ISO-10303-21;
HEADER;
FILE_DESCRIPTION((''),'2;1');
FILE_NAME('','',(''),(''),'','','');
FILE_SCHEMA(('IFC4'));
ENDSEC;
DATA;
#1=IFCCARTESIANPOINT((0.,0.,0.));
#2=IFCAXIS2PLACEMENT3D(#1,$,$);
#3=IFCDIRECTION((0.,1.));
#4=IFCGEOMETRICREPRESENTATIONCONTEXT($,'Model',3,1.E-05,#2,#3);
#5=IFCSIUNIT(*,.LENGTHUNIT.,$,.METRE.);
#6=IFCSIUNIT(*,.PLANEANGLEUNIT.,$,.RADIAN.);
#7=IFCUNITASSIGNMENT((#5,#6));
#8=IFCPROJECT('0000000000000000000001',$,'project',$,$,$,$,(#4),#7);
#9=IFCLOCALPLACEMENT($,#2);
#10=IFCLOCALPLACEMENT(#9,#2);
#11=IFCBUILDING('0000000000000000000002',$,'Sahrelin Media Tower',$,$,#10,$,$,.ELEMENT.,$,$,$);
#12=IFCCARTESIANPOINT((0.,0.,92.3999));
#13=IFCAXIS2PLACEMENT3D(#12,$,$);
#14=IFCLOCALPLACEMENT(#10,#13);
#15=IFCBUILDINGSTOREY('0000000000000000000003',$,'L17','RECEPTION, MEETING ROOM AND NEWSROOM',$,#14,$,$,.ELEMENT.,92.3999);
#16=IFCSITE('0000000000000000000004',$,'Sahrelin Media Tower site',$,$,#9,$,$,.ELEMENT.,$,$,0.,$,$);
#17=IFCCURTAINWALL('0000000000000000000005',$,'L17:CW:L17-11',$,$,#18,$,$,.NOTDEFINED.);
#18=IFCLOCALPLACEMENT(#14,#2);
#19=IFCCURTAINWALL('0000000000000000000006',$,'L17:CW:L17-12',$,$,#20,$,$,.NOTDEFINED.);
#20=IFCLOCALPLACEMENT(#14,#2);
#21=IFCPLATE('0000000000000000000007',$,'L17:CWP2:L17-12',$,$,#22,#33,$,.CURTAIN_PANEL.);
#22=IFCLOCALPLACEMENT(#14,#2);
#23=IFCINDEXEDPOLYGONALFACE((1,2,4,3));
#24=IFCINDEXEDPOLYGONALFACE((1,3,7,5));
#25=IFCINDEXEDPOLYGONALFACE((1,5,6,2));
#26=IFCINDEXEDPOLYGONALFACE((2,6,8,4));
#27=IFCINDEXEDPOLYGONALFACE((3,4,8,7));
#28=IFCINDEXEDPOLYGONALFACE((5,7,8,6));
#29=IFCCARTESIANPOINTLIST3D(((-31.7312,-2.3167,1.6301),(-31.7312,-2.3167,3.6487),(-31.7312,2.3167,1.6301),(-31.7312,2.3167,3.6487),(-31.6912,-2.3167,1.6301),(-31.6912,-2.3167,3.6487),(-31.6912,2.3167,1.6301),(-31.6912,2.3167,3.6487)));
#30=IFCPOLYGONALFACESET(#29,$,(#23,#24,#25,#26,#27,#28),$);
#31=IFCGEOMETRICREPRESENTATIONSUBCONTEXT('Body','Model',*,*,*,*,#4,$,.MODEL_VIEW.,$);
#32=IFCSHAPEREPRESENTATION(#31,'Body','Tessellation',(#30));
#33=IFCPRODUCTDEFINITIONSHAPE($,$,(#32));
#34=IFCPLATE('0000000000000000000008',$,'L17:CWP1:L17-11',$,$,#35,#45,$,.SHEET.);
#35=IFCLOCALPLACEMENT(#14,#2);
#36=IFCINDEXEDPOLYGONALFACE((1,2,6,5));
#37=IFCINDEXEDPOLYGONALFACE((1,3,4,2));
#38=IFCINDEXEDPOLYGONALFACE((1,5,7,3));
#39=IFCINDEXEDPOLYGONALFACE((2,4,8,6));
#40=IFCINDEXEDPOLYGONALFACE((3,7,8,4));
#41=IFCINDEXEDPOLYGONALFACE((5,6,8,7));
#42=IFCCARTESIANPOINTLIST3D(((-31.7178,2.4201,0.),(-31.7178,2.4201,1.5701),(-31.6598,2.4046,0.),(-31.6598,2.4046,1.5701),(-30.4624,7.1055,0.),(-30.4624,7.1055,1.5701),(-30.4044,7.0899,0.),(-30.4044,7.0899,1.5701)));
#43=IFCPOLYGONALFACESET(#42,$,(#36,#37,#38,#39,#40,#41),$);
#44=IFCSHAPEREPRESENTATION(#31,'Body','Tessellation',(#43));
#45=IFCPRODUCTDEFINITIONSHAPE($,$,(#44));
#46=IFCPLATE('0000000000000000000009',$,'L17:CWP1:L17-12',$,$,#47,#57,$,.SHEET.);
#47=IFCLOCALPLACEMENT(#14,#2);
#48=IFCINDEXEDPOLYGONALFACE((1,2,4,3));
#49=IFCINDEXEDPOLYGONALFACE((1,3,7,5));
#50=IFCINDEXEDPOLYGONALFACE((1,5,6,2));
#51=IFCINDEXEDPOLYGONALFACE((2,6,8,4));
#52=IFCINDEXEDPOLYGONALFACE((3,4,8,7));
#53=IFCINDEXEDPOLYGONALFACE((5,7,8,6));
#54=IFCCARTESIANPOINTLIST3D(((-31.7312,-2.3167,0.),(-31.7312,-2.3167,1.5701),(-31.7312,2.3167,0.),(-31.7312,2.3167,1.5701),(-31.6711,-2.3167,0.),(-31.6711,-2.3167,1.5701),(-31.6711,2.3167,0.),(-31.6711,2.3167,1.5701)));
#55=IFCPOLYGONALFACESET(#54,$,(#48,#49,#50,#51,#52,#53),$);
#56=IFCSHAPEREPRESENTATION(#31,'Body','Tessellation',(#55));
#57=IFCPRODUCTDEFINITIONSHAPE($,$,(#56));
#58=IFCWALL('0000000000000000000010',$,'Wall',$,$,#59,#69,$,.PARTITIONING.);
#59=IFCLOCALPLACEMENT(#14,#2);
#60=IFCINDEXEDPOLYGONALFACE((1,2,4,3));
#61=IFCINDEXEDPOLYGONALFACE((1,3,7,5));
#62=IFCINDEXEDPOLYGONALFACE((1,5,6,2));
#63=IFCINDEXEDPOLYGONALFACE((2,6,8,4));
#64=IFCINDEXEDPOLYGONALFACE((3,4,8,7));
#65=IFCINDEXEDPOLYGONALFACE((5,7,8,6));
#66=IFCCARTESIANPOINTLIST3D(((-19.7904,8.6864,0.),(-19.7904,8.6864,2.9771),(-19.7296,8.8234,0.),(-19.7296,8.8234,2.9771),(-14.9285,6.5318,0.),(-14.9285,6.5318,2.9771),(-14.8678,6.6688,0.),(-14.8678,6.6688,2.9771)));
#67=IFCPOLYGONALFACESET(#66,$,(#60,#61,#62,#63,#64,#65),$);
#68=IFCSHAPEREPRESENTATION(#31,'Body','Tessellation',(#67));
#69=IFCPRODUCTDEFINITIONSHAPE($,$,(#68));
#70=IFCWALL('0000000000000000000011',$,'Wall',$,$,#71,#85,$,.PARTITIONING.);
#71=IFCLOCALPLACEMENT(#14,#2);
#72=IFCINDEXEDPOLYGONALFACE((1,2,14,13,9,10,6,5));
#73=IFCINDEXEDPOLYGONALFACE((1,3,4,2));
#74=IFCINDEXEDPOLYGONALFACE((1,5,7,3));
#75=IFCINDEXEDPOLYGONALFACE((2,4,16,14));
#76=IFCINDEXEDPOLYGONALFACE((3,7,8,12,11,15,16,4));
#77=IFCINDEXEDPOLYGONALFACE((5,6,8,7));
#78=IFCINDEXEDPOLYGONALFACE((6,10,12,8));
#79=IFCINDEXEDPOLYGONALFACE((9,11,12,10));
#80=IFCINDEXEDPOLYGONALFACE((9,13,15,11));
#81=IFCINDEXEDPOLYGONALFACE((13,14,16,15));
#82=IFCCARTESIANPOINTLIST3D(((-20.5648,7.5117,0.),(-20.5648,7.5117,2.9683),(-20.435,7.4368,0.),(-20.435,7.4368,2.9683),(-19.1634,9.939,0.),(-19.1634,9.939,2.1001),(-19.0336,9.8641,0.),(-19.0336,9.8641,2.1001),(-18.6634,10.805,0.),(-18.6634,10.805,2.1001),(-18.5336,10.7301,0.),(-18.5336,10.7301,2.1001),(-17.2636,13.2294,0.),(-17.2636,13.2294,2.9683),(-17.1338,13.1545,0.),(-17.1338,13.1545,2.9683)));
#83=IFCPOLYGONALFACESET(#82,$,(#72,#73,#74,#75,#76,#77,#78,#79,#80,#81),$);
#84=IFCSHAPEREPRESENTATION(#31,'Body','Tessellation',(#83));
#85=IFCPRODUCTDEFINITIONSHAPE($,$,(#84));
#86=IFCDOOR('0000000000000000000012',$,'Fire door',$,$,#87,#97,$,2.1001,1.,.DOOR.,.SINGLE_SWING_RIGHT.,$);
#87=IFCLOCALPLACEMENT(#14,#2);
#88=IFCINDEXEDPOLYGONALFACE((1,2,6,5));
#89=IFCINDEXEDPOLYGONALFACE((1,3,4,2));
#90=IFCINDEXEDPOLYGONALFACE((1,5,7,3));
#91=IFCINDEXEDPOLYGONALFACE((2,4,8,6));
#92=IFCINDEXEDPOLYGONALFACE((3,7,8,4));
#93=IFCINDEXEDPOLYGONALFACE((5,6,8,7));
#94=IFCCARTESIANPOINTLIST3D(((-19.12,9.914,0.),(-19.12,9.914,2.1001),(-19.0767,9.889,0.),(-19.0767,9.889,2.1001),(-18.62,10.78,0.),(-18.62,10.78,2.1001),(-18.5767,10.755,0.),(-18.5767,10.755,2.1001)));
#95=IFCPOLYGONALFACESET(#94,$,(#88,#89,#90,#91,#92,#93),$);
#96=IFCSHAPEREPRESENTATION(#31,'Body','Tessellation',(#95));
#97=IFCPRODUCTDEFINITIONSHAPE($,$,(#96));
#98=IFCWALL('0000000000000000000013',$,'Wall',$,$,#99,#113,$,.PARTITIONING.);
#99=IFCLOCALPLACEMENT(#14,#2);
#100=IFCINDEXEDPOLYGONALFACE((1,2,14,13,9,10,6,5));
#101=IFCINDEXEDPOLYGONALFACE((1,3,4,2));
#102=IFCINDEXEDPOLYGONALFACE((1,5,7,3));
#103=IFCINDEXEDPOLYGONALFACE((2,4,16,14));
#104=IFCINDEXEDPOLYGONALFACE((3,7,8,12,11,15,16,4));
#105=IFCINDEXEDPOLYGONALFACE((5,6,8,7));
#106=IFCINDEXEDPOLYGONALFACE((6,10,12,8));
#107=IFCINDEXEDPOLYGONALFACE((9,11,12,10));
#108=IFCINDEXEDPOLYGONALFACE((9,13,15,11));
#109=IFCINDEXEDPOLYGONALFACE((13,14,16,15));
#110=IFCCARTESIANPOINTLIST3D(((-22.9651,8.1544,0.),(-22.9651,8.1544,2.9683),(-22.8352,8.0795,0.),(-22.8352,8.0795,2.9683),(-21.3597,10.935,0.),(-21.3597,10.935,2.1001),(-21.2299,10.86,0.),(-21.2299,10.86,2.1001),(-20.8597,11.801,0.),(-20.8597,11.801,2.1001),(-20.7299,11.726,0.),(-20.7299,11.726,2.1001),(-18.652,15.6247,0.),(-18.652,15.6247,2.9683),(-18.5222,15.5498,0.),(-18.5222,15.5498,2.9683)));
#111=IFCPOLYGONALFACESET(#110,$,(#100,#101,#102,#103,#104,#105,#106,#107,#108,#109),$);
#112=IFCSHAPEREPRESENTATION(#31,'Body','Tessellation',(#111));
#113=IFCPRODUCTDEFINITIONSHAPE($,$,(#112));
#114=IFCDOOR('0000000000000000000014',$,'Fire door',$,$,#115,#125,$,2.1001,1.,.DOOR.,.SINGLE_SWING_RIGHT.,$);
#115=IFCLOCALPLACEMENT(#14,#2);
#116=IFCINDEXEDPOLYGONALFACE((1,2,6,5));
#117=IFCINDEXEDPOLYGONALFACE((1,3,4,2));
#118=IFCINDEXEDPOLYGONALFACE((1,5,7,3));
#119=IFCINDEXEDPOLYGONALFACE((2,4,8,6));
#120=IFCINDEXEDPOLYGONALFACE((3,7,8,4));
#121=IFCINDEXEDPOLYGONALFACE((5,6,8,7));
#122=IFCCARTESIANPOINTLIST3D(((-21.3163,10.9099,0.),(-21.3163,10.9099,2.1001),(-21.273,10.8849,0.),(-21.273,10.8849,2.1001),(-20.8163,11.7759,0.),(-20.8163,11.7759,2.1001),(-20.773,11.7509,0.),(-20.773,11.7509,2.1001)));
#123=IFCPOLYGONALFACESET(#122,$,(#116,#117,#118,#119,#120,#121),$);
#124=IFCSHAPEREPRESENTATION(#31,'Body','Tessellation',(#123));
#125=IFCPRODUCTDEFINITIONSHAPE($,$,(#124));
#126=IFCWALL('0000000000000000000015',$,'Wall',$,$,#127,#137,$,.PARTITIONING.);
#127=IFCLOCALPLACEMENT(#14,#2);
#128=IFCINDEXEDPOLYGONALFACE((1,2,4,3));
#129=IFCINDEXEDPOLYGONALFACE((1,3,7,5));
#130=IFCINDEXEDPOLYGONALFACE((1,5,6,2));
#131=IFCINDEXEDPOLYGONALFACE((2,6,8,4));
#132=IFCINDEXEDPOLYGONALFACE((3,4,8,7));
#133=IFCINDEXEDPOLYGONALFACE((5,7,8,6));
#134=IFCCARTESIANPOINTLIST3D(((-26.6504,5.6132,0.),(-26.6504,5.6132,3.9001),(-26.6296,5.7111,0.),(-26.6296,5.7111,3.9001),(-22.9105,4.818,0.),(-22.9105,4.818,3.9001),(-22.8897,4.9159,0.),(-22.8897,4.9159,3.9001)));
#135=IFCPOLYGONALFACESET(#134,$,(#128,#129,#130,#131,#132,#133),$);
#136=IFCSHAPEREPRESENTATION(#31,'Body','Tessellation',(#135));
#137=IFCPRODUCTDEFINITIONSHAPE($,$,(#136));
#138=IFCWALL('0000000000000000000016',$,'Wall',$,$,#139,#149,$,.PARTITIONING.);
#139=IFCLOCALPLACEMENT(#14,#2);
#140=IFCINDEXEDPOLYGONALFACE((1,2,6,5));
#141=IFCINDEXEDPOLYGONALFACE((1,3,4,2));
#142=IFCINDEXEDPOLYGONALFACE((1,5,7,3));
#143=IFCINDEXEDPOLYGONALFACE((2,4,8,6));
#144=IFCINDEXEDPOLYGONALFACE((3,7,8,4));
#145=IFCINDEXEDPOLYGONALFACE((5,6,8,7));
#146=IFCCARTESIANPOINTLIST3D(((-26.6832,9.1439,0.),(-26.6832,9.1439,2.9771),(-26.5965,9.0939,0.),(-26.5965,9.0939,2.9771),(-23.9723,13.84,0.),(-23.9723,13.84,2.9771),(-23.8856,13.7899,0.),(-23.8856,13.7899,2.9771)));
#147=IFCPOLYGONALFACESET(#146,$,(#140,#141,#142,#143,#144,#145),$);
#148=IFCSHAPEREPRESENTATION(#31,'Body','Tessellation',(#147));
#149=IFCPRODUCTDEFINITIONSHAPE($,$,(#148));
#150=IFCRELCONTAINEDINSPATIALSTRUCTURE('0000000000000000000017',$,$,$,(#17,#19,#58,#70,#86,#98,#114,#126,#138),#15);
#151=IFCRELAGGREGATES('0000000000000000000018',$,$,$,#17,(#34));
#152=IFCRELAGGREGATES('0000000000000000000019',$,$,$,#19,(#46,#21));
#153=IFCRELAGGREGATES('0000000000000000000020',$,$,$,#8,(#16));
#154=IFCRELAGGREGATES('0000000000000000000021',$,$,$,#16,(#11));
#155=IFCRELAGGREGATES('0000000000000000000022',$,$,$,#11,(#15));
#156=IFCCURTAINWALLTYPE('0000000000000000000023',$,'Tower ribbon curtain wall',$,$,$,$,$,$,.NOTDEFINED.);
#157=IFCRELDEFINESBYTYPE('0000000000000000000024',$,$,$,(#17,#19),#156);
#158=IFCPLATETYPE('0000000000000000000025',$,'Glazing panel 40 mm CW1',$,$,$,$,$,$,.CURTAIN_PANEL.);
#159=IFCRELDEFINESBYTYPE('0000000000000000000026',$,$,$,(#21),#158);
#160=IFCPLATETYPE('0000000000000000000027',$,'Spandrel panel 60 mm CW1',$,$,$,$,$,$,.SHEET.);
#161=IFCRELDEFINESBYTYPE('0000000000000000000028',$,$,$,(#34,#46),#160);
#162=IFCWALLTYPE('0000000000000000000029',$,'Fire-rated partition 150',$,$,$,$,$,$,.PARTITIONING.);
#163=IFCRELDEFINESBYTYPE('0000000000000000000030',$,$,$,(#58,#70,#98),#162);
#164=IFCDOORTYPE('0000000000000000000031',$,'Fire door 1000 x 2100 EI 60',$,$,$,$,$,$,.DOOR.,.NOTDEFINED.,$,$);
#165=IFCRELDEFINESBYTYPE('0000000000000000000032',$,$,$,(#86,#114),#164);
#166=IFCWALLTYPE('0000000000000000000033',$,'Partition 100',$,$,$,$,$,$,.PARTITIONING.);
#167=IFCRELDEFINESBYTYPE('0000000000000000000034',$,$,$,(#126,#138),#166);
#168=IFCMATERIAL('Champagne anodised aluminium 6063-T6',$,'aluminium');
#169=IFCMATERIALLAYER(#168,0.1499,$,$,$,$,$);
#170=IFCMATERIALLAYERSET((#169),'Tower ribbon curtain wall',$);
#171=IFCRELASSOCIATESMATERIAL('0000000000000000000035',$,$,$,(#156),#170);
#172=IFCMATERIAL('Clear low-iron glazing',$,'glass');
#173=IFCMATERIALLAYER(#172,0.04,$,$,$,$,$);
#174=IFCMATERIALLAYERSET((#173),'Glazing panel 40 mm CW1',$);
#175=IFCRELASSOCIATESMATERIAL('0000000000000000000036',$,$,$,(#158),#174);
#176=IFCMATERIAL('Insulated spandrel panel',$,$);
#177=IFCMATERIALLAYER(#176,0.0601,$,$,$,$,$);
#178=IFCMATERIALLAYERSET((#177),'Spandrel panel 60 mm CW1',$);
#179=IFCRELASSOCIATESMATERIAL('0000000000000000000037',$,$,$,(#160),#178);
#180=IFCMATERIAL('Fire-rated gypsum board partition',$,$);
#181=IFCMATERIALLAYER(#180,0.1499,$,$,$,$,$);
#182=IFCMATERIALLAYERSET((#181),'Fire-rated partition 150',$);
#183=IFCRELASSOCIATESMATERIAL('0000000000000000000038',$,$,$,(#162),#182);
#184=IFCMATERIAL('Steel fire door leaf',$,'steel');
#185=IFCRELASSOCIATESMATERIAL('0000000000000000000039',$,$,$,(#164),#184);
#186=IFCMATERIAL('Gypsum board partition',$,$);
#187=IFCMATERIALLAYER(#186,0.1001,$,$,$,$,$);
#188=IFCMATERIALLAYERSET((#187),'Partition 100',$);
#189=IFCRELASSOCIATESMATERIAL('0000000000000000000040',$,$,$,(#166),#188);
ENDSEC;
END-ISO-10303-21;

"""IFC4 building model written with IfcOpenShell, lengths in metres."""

from ifc_helpers import new_model, si_unit, direction, frame, frame_2d, origin, place, context, subcontext, project, spatial, polyline, rectangle, outline, extrude, material, layer, layer_set, type_object, element, fill, aggregate, save


model = new_model("IFC4")

# Units and contexts
model_context = context("Model", 3, precision=1e-05, world=origin(), true_north=direction((0.0, 1.0)))
body_context = subcontext(model_context, "Body", "Model", "MODEL_VIEW")
ifc_project = project(units=[si_unit("LENGTHUNIT", "METRE"), si_unit("PLANEANGLEUNIT", "RADIAN")], contexts=[model_context])

# Site, building, storey
site_placement = place(None, origin())
site = spatial("IfcSite", under=ifc_project, at=site_placement, Name="Sahrelin Media Tower site", CompositionType="ELEMENT", RefElevation=0.0)
building_placement = place(site_placement, origin())
building = spatial("IfcBuilding", under=site, at=building_placement, Name="Sahrelin Media Tower", CompositionType="ELEMENT")
storey_placement = place(building_placement, frame((0.0, 0.0, 92.3999)))
storey = spatial("IfcBuildingStorey", under=building, at=storey_placement, Name="L17", Description="RECEPTION, MEETING ROOM AND NEWSROOM", CompositionType="ELEMENT", Elevation=92.3999)

# Curtain wall
ifc_material_1 = material(Name="Champagne anodised aluminium 6063-T6", Category="aluminium")
ifc_layer_1 = layer(ifc_material_1, 0.1499)
ifc_layer_set_1 = layer_set([ifc_layer_1], Name="Tower ribbon curtain wall")
curtain_wall_type = type_object("IfcCurtainWallType", Name="Tower ribbon curtain wall", PredefinedType="NOTDEFINED", material=ifc_layer_set_1)
curtain_wall_1_placement = place(storey_placement, frame((-31.0708, 4.7576, 0.0), z_axis=(0.0, 0.0, 1.0), x_axis=(1.0, 0.0, 0.0)))
curtain_wall_1 = element("IfcCurtainWall", 1, at=curtain_wall_1_placement, inside=storey, type_object=curtain_wall_type, Name="L17:CW:L17-11", PredefinedType="NOTDEFINED")

# Curtain wall
curtain_wall_2_placement = place(storey_placement, frame((-31.7112, 0.0, 0.0), z_axis=(0.0, 0.0, 1.0), x_axis=(1.0, 0.0, 0.0)))
curtain_wall_2 = element("IfcCurtainWall", 2, at=curtain_wall_2_placement, inside=storey, type_object=curtain_wall_type, Name="L17:CW:L17-12", PredefinedType="NOTDEFINED")

# Plates
ifc_material_2 = material(Name="Clear low-iron glazing", Category="glass")
ifc_layer_2 = layer(ifc_material_2, 0.04)
ifc_layer_set_2 = layer_set([ifc_layer_2], Name="Glazing panel 40 mm CW1")
plate_type_1 = type_object("IfcPlateType", Name="Glazing panel 40 mm CW1", PredefinedType="CURTAIN_PANEL", material=ifc_layer_set_2)
plate_1_placement = place(storey_placement, frame((-31.7312, 2.3167, 1.6301), z_axis=(-1.0, 0.0, 0.0), x_axis=(0.0, -1.0, 0.0)))
plate_1 = element("IfcPlate", 3, at=plate_1_placement, type_object=plate_type_1, Name="L17:CWP2:L17-12", PredefinedType="CURTAIN_PANEL", context=body_context, shape_type="SweptSolid", body=[
    extrude(outline(polyline([(0.0, 0.0), (4.6333, 0.0), (4.6333, 2.0186), (0.0, 2.0186), (0.0, 0.0)])), origin(), (0.0, 0.0, -1.0), 0.04),
])
ifc_material_3 = material(Name="Insulated spandrel panel")
ifc_layer_3 = layer(ifc_material_3, 0.0601)
ifc_layer_set_3 = layer_set([ifc_layer_3], Name="Spandrel panel 60 mm CW1")
plate_type_2 = type_object("IfcPlateType", Name="Spandrel panel 60 mm CW1", PredefinedType="SHEET", material=ifc_layer_set_3)
plate_2_placement = place(storey_placement, frame((-30.4624, 7.1055, 0.0), z_axis=(-0.965929, 0.258809, 0.0), x_axis=(-0.258809, -0.965929, 0.0)))
plate_2 = element("IfcPlate", 4, at=plate_2_placement, type_object=plate_type_2, Name="L17:CWP1:L17-11", PredefinedType="SHEET", context=body_context, shape_type="SweptSolid", body=[
    extrude(outline(polyline([(0.0, 0.0), (4.8506, 0.0), (4.8506, 1.5701), (0.0, 1.5701), (0.0, 0.0)])), origin(), (0.0, 0.0, -1.0), 0.0601),
])
aggregate(curtain_wall_1, [plate_2])
plate_3_placement = place(storey_placement, frame((-31.7312, 2.3167, 0.0), z_axis=(-1.0, 0.0, 0.0), x_axis=(0.0, -1.0, 0.0)))
plate_3 = element("IfcPlate", 5, at=plate_3_placement, type_object=plate_type_2, Name="L17:CWP1:L17-12", PredefinedType="SHEET", context=body_context, shape_type="SweptSolid", body=[
    extrude(outline(polyline([(0.0, 0.0), (4.6333, 0.0), (4.6333, 1.5701), (0.0, 1.5701), (0.0, 0.0)])), origin(), (0.0, 0.0, -1.0), 0.0601),
])
aggregate(curtain_wall_2, [plate_3, plate_1])

# Wall
ifc_material_4 = material(Name="Fire-rated gypsum board partition")
ifc_layer_4 = layer(ifc_material_4, 0.1499)
ifc_layer_set_4 = layer_set([ifc_layer_4], Name="Fire-rated partition 150")
wall_type_1 = type_object("IfcWallType", Name="Fire-rated partition 150", PredefinedType="PARTITIONING", material=ifc_layer_set_4)
wall_1_placement = place(storey_placement, frame((-19.76, 8.7549, 0.0), z_axis=(0.0, 0.0, 1.0), x_axis=(0.914248, -0.405154, 0.0)))
element("IfcWall", 6, at=wall_1_placement, inside=storey, type_object=wall_type_1, Name="Wall", PredefinedType="PARTITIONING", context=body_context, shape_type="SweptSolid", body=[
    extrude(rectangle(XDim=5.3179, YDim=0.1499, at=frame_2d((2.6589, 0.0))), origin(), (0.0, 0.0, 1.0), 2.9771),
])

# Walls, openings, doors
wall_2_placement = place(storey_placement, frame((-20.5, 7.4741, 0.0), z_axis=(0.0, 0.0, 1.0), x_axis=(0.500013, 0.866018, 0.0)))
wall_2 = element("IfcWall", 7, at=wall_2_placement, inside=storey, type_object=wall_type_1, Name="Wall", PredefinedType="PARTITIONING", context=body_context, shape_type="SweptSolid", body=[
    extrude(rectangle(XDim=6.6023, YDim=0.1499, at=frame_2d((3.3013, 0.0))), origin(), (0.0, 0.0, 1.0), 2.9683),
])
opening_1_placement = place(wall_2_placement, frame((2.803, 0.0, 0.0)))
opening_1 = element("IfcOpeningElement", 8, at=opening_1_placement, cuts=wall_2, PredefinedType="OPENING", context=body_context, shape_type="SweptSolid", body=[
    extrude(rectangle(XDim=1.0, YDim=2.1001, at=frame_2d((0.5, 1.05))), frame((0.0, 0.075, 0.0), z_axis=(0.0, -1.0, 0.0), x_axis=(1.0, 0.0, 0.0)), (0.0, 0.0, 1.0), 0.1499),
])
ifc_material_5 = material(Name="Steel fire door leaf", Category="steel")
door_type = type_object("IfcDoorType", Name="Fire door 1000 x 2100 EI 60", OperationType="NOTDEFINED", PredefinedType="DOOR", material=ifc_material_5)
door_1_placement = place(opening_1_placement, origin())
door_1 = element("IfcDoor", 9, at=door_1_placement, inside=storey, type_object=door_type, Name="Fire door", OperationType="SINGLE_SWING_RIGHT", OverallHeight=2.1001, OverallWidth=1.0, PredefinedType="DOOR", context=body_context, shape_type="SweptSolid", body=[
    extrude(rectangle(XDim=1.0, YDim=2.1001, at=frame_2d((0.5, 1.05))), frame((0.0, 0.0249, 0.0), z_axis=(0.0, -1.0, 0.0), x_axis=(1.0, 0.0, 0.0)), (0.0, 0.0, 1.0), 0.05),
])
fill(opening_1, door_1)
wall_3_placement = place(storey_placement, frame((-22.9001, 8.1169, 0.0), z_axis=(0.0, 0.0, 1.0), x_axis=(0.500005, 0.866023, 0.0)))
wall_3 = element("IfcWall", 10, at=wall_3_placement, inside=storey, type_object=wall_type_1, Name="Wall", PredefinedType="PARTITIONING", context=body_context, shape_type="SweptSolid", body=[
    extrude(rectangle(XDim=8.626, YDim=0.1499, at=frame_2d((4.313, 0.0))), origin(), (0.0, 0.0, 1.0), 2.9683),
])
opening_2_placement = place(wall_3_placement, frame((3.2107, 0.0, 0.0)))
opening_2 = element("IfcOpeningElement", 11, at=opening_2_placement, cuts=wall_3, PredefinedType="OPENING", context=body_context, shape_type="SweptSolid", body=[
    extrude(rectangle(XDim=1.0, YDim=2.1001, at=frame_2d((0.5, 1.05))), frame((0.0, 0.075, 0.0), z_axis=(0.0, -1.0, 0.0), x_axis=(1.0, 0.0, 0.0)), (0.0, 0.0, 1.0), 0.1499),
])
door_2_placement = place(opening_2_placement, origin())
door_2 = element("IfcDoor", 12, at=door_2_placement, inside=storey, type_object=door_type, Name="Fire door", OperationType="SINGLE_SWING_RIGHT", OverallHeight=2.1001, OverallWidth=1.0, PredefinedType="DOOR", context=body_context, shape_type="SweptSolid", body=[
    extrude(rectangle(XDim=1.0, YDim=2.1001, at=frame_2d((0.5, 1.05))), frame((0.0, 0.0249, 0.0), z_axis=(0.0, -1.0, 0.0), x_axis=(1.0, 0.0, 0.0)), (0.0, 0.0, 1.0), 0.05),
])
fill(opening_2, door_2)

# Walls
ifc_material_6 = material(Name="Gypsum board partition")
ifc_layer_5 = layer(ifc_material_6, 0.1001)
ifc_layer_set_5 = layer_set([ifc_layer_5], Name="Partition 100")
wall_type_2 = type_object("IfcWallType", Name="Partition 100", PredefinedType="PARTITIONING", material=ifc_layer_set_5)
wall_4_placement = place(storey_placement, frame((-26.6399, 5.6621, 0.0), z_axis=(0.0, 0.0, 1.0), x_axis=(0.978137, -0.207963, 0.0)))
element("IfcWall", 13, at=wall_4_placement, inside=storey, type_object=wall_type_2, Name="Wall", PredefinedType="PARTITIONING", context=body_context, shape_type="SweptSolid", body=[
    extrude(rectangle(XDim=3.8235, YDim=0.1001, at=frame_2d((1.9116, 0.0))), origin(), (0.0, 0.0, 1.0), 3.9001),
])
wall_5_placement = place(storey_placement, frame((-26.6399, 9.1189, 0.0), z_axis=(0.0, 0.0, 1.0), x_axis=(0.499955, 0.866051, 0.0)))
element("IfcWall", 14, at=wall_5_placement, inside=storey, type_object=wall_type_2, Name="Wall", PredefinedType="PARTITIONING", context=body_context, shape_type="SweptSolid", body=[
    extrude(rectangle(XDim=5.4224, YDim=0.1001, at=frame_2d((2.7112, 0.0))), origin(), (0.0, 0.0, 1.0), 2.9771),
])

save(model, "model.ifc")
